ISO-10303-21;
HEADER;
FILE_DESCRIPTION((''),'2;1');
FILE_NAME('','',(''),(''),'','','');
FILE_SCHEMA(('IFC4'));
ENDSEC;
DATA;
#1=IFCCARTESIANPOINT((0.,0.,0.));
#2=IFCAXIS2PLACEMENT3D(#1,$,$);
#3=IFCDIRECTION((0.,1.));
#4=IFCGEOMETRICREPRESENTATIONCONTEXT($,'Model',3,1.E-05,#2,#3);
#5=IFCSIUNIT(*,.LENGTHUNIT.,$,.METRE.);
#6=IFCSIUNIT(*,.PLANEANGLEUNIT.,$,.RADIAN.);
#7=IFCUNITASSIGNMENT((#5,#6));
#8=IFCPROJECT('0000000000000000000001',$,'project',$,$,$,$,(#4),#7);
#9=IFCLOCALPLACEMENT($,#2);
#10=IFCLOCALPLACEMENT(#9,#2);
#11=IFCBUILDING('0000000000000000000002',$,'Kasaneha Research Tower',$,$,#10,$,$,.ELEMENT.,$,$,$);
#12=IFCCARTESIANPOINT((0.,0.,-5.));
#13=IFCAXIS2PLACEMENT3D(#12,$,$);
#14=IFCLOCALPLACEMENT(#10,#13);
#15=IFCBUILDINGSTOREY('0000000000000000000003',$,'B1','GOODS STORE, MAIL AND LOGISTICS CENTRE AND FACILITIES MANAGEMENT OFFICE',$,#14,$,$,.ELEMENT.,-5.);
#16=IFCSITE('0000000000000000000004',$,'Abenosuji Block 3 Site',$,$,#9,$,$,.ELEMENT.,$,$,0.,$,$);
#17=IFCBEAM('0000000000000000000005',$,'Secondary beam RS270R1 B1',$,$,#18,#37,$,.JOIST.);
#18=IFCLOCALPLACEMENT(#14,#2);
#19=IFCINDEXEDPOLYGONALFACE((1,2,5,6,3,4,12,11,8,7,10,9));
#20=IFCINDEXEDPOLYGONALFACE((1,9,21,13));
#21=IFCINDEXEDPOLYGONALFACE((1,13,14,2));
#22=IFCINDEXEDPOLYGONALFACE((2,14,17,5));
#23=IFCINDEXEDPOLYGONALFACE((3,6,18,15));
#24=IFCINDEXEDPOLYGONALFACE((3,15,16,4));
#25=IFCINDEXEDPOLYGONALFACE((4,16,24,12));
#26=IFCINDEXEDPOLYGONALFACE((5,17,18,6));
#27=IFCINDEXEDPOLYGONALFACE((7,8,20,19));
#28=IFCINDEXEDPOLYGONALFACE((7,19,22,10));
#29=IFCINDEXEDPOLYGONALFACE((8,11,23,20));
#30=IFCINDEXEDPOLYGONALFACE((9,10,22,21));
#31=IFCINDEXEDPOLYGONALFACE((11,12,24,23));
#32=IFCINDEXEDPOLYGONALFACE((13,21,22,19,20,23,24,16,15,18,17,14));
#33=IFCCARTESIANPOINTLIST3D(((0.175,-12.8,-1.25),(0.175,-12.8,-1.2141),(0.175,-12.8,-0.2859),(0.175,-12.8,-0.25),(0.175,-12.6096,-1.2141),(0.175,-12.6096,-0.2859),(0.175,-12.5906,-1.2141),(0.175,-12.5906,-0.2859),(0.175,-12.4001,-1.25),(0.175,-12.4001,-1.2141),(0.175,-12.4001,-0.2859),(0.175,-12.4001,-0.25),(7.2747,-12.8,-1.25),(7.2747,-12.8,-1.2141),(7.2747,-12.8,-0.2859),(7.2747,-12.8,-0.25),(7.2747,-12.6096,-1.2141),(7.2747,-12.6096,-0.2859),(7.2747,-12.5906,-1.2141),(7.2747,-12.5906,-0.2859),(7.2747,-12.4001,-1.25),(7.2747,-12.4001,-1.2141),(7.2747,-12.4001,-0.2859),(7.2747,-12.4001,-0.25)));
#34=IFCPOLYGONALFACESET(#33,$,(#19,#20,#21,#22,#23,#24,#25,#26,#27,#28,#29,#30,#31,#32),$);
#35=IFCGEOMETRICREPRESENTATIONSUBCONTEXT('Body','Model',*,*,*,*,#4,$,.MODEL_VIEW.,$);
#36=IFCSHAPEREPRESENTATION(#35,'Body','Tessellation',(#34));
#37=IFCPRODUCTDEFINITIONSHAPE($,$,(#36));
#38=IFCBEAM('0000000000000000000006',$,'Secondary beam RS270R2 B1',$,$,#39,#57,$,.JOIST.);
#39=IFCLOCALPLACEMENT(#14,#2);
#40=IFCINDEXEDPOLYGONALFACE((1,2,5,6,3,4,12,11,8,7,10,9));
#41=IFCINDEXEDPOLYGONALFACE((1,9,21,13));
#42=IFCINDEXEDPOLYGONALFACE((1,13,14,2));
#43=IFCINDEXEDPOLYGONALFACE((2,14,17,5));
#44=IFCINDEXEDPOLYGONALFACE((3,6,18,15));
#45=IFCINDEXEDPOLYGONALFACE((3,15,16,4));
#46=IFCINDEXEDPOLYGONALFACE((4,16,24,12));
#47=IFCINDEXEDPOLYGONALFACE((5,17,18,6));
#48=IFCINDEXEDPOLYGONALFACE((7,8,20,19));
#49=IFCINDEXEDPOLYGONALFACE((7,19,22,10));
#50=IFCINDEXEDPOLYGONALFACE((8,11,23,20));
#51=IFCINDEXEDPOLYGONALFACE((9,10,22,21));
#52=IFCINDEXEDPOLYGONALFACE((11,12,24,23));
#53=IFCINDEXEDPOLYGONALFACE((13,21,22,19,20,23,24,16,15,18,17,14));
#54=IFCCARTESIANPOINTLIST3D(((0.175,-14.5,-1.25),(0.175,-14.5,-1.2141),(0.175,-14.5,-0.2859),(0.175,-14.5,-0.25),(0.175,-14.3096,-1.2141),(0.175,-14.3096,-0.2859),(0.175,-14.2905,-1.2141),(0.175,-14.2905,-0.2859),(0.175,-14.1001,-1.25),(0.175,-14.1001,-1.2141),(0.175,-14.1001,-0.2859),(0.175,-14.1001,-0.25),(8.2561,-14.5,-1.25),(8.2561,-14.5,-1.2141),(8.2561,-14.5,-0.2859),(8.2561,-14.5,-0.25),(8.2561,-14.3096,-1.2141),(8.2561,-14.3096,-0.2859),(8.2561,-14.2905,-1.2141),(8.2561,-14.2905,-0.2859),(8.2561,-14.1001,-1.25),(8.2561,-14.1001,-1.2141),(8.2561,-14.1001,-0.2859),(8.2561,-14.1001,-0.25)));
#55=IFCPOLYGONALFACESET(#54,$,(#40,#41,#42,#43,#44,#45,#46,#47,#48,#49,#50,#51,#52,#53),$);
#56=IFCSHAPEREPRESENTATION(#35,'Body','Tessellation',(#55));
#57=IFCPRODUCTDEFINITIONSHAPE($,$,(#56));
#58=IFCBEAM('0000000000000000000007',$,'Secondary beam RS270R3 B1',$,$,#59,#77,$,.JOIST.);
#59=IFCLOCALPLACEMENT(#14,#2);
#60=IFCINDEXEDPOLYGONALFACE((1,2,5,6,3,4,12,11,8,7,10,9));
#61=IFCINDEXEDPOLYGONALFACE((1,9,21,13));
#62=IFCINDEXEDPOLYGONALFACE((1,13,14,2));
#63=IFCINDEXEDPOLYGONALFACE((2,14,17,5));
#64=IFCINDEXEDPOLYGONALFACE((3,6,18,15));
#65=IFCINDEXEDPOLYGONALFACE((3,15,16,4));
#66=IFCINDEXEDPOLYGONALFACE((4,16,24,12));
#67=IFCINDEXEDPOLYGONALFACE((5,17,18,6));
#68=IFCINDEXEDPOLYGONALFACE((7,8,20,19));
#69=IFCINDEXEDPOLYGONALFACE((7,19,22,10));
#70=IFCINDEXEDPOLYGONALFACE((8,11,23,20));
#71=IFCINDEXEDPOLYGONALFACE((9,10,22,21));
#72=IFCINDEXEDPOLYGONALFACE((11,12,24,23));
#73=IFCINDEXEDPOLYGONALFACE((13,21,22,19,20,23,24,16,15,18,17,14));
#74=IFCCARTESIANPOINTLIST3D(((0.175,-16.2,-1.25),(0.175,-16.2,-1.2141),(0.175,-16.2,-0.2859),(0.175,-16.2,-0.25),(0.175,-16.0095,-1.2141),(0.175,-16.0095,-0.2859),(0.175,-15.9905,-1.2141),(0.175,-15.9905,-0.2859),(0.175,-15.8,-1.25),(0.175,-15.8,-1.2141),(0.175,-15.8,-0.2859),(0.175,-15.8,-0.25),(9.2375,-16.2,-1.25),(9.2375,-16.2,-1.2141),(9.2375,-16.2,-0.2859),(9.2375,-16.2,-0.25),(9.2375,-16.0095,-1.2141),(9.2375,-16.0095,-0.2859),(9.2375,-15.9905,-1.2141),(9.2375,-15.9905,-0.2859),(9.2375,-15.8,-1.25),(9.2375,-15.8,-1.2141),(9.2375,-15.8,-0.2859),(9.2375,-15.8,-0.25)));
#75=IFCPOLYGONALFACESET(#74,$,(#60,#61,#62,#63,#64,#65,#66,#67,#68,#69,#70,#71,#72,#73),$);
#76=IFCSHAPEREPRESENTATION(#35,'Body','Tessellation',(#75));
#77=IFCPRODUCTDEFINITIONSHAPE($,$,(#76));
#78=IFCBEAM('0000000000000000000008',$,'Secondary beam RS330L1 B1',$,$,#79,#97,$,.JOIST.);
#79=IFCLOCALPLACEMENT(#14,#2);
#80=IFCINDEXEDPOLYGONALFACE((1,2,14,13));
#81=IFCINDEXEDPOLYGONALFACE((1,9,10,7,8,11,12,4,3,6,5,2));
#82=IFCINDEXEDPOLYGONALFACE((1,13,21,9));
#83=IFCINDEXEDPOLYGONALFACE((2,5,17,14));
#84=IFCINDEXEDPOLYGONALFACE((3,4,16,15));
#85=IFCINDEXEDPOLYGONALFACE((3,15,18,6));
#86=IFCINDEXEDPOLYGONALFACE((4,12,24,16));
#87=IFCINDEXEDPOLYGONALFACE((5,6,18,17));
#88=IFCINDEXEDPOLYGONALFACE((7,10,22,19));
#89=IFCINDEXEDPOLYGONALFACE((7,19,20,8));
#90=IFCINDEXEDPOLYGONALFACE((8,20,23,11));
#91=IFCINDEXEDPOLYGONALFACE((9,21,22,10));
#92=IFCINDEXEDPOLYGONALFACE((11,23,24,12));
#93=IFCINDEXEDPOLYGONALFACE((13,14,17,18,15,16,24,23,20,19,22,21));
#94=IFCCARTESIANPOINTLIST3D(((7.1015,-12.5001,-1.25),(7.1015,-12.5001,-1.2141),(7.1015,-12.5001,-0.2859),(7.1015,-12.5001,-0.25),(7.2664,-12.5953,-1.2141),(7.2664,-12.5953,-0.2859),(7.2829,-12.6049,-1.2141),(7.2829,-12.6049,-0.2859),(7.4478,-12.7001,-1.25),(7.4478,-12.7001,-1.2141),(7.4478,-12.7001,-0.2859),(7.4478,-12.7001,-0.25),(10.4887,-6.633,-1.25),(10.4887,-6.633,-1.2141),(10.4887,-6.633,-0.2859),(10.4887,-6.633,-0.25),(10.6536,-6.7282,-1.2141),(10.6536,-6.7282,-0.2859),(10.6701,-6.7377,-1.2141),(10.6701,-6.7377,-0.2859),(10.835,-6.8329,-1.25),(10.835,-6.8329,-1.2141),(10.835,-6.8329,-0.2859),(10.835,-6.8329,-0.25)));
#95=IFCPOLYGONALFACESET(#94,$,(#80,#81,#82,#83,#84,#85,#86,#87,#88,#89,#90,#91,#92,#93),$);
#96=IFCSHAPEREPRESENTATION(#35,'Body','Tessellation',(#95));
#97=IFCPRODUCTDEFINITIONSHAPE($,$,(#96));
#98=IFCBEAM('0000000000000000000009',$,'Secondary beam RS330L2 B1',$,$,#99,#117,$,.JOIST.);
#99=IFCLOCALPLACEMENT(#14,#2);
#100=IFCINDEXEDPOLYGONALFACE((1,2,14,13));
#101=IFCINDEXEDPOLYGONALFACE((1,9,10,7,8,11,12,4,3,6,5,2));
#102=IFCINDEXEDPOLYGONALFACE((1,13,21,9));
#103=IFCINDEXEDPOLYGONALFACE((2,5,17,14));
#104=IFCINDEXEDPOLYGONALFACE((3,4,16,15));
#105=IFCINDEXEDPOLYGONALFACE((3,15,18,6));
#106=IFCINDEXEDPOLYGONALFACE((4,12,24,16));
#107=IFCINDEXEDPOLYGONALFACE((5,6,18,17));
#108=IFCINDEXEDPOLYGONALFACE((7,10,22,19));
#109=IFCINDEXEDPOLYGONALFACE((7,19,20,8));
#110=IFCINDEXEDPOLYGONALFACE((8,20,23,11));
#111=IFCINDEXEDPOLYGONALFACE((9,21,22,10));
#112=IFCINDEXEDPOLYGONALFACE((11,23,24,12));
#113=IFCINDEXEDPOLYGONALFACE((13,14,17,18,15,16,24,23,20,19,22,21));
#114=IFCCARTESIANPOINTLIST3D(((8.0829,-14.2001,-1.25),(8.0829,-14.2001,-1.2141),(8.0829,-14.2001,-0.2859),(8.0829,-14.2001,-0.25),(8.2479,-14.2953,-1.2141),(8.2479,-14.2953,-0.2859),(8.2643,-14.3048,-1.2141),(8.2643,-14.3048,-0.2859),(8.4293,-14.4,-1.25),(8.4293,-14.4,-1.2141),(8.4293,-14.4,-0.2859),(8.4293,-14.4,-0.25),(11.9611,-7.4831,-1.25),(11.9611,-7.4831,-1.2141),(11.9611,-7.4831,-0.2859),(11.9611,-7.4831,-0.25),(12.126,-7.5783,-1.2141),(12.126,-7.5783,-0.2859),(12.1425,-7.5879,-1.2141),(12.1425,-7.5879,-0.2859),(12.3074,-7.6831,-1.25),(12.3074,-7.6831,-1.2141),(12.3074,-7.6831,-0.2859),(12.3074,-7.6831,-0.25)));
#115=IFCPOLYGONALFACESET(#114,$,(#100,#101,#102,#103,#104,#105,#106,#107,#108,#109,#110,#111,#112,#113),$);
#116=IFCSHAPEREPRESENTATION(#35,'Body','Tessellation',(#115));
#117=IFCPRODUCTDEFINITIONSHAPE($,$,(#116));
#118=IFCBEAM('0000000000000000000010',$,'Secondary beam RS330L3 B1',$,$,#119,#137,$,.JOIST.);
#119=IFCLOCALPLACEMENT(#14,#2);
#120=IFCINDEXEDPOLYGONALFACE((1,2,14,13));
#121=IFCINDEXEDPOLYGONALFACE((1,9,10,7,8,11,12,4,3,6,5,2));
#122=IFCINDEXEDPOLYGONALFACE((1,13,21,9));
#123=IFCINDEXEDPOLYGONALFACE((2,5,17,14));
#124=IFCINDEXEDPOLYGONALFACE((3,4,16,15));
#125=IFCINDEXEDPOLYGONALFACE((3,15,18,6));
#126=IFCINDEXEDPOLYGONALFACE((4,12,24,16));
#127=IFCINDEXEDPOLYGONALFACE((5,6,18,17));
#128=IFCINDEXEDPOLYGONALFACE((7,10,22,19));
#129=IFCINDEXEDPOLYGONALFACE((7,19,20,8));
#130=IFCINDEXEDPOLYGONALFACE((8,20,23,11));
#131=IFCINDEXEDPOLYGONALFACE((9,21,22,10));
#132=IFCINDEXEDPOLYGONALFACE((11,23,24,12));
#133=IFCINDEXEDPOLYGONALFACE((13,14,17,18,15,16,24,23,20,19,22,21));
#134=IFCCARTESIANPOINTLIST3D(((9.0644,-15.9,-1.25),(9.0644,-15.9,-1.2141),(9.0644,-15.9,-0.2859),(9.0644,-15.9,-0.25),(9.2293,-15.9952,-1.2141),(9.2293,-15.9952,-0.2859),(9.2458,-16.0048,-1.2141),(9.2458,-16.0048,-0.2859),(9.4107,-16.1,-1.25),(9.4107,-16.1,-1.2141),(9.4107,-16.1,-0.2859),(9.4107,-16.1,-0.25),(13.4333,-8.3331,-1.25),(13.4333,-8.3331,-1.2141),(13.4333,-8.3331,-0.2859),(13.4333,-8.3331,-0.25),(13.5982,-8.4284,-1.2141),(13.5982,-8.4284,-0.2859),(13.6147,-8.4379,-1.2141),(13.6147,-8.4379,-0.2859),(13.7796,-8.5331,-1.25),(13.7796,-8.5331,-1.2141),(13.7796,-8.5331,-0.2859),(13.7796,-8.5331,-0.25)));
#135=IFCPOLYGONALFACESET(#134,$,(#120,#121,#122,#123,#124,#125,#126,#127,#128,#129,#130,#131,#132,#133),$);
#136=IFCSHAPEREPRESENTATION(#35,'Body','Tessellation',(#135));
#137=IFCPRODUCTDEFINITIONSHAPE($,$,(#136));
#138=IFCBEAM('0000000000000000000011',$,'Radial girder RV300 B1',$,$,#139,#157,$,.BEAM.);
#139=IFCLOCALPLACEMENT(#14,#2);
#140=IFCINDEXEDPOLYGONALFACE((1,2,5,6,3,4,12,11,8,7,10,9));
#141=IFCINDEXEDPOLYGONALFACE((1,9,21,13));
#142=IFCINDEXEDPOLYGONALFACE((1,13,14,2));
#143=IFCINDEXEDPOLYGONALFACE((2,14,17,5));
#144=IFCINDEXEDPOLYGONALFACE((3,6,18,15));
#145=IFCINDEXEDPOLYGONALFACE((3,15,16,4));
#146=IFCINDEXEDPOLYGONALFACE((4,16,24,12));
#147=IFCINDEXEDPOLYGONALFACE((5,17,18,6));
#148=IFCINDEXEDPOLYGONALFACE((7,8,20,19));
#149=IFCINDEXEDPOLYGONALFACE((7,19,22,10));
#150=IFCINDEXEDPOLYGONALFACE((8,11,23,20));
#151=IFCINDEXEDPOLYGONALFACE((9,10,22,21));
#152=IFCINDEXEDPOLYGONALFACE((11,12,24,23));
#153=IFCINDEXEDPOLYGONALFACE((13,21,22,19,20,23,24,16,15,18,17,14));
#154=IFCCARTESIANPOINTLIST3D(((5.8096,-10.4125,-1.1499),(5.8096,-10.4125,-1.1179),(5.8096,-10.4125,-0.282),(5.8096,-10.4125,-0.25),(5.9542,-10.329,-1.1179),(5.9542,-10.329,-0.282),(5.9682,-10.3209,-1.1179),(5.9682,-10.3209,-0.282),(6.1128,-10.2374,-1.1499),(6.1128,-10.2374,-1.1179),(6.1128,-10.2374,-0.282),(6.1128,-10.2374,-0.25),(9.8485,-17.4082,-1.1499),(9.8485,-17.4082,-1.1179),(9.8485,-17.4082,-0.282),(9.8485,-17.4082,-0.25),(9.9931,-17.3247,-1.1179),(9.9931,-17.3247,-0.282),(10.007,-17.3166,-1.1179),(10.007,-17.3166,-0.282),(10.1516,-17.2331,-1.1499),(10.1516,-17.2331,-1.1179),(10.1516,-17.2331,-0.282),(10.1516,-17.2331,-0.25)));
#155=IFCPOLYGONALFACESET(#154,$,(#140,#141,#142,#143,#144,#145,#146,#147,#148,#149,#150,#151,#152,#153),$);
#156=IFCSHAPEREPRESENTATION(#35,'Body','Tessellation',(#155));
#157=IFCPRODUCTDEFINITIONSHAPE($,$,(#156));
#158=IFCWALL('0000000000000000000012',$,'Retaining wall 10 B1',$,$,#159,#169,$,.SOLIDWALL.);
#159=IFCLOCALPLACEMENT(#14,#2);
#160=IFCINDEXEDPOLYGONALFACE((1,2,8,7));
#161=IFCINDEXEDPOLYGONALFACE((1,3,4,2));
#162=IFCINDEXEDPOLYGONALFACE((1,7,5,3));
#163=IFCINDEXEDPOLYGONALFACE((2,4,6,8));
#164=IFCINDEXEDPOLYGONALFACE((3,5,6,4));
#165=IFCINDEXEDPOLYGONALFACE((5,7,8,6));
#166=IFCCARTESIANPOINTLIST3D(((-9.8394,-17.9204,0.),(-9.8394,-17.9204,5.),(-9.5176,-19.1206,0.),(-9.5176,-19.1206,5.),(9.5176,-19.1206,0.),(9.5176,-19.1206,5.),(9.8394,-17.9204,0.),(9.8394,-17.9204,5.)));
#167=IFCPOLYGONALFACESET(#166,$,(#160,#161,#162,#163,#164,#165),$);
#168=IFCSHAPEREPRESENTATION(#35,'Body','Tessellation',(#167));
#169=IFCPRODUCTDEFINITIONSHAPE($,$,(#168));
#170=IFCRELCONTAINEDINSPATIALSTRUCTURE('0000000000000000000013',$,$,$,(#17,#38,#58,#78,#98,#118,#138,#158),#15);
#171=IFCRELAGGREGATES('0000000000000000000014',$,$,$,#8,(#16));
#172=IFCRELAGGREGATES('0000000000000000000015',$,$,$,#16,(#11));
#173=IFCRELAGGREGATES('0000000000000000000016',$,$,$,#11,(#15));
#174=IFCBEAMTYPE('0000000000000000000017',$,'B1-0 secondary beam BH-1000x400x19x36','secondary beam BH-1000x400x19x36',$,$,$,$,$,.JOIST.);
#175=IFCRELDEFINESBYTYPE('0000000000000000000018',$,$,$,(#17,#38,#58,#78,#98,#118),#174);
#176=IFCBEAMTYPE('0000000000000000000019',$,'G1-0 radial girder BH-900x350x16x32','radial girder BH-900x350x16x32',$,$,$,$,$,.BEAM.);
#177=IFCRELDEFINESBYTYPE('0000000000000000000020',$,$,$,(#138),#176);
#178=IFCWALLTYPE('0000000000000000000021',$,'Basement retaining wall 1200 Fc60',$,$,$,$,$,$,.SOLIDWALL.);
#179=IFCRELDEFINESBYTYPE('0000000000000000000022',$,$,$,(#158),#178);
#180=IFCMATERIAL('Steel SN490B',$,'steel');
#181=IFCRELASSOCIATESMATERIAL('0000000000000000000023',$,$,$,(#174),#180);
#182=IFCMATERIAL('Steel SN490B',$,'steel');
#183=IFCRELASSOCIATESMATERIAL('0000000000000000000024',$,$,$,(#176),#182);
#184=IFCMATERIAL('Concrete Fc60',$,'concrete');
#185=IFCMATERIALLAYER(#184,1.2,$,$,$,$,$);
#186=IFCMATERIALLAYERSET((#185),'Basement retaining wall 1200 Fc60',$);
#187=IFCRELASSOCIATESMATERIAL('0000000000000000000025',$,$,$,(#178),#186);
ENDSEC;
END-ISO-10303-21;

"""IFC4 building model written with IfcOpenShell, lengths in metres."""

from ifc_helpers import new_model, si_unit, direction, frame, origin, origin_2d, place, context, subcontext, project, spatial, polyline, i_section, outline, extrude, material, layer, layer_set, material_profile, profile_set, type_object, element, save


model = new_model("IFC4")

# Units and contexts
model_context = context("Model", 3, precision=1e-05, world=origin(), true_north=direction((0.0, 1.0)))
body_context = subcontext(model_context, "Body", "Model", "MODEL_VIEW")
ifc_project = project(units=[si_unit("LENGTHUNIT", "METRE"), si_unit("PLANEANGLEUNIT", "RADIAN")], contexts=[model_context])

# Site, building, storey
site_placement = place(None, origin())
site = spatial("IfcSite", under=ifc_project, at=site_placement, Name="Abenosuji Block 3 Site", CompositionType="ELEMENT", RefElevation=0.0)
building_placement = place(site_placement, origin())
building = spatial("IfcBuilding", under=site, at=building_placement, Name="Kasaneha Research Tower", CompositionType="ELEMENT")
storey_placement = place(building_placement, frame((0.0, 0.0, -5.0)))
storey = spatial("IfcBuildingStorey", under=building, at=storey_placement, Name="B1", Description="GOODS STORE, MAIL AND LOGISTICS CENTRE AND FACILITIES MANAGEMENT OFFICE", CompositionType="ELEMENT", Elevation=-5.0)

# Beams
ifc_material_1 = material(Name="Steel SN490B", Category="steel")
ifc_material_profile_1 = material_profile(ifc_material_1, i_section(OverallWidth=0.3999, OverallDepth=1.0, WebThickness=0.019, FlangeThickness=0.0359, at=origin_2d()), Name="BH-1000x400x19x36")
ifc_profile_set_1 = profile_set([ifc_material_profile_1], Name="Steel SN490B")
beam_type_1 = type_object("IfcBeamType", Name="B1-0 secondary beam BH-1000x400x19x36", Description="secondary beam BH-1000x400x19x36", PredefinedType="JOIST", material=ifc_profile_set_1)
beam_1_placement = place(storey_placement, frame((7.2747, -12.6001, -0.75), z_axis=(-1.0, 0.0, 0.0), x_axis=(0.0, -1.0, 0.0)))
element("IfcBeam", 1, at=beam_1_placement, inside=storey, type_object=beam_type_1, Name="Secondary beam RS270R1 B1", PredefinedType="JOIST", context=body_context, shape_type="SweptSolid", body=[
    extrude(i_section(OverallWidth=0.3999, OverallDepth=1.0, WebThickness=0.019, FlangeThickness=0.0359, at=origin_2d()), origin(), (0.0, 0.0, 1.0), 7.0996),
])
beam_2_placement = place(storey_placement, frame((8.2561, -14.3, -0.75), z_axis=(-1.0, 0.0, 0.0), x_axis=(0.0, -1.0, 0.0)))
element("IfcBeam", 2, at=beam_2_placement, inside=storey, type_object=beam_type_1, Name="Secondary beam RS270R2 B1", PredefinedType="JOIST", context=body_context, shape_type="SweptSolid", body=[
    extrude(i_section(OverallWidth=0.3999, OverallDepth=1.0, WebThickness=0.019, FlangeThickness=0.0359, at=origin_2d()), origin(), (0.0, 0.0, 1.0), 8.0811),
])
beam_3_placement = place(storey_placement, frame((9.2375, -16.0, -0.75), z_axis=(-1.0, 0.0, 0.0), x_axis=(0.0, -1.0, 0.0)))
element("IfcBeam", 3, at=beam_3_placement, inside=storey, type_object=beam_type_1, Name="Secondary beam RS270R3 B1", PredefinedType="JOIST", context=body_context, shape_type="SweptSolid", body=[
    extrude(i_section(OverallWidth=0.3999, OverallDepth=1.0, WebThickness=0.019, FlangeThickness=0.0359, at=origin_2d()), origin(), (0.0, 0.0, 1.0), 9.0625),
])
beam_4_placement = place(storey_placement, frame((7.2747, -12.6001, -0.75), z_axis=(0.499976, 0.866039, 0.0), x_axis=(-0.866039, 0.499976, 0.0)))
element("IfcBeam", 4, at=beam_4_placement, inside=storey, type_object=beam_type_1, Name="Secondary beam RS330L1 B1", PredefinedType="JOIST", context=body_context, shape_type="SweptSolid", body=[
    extrude(i_section(OverallWidth=0.3999, OverallDepth=1.0, WebThickness=0.019, FlangeThickness=0.0359, at=origin_2d()), origin(), (0.0, 0.0, 1.0), 6.7747),
])
beam_5_placement = place(storey_placement, frame((8.2561, -14.3, -0.75), z_axis=(0.500009, 0.86602, 0.0), x_axis=(-0.86602, 0.500009, 0.0)))
element("IfcBeam", 5, at=beam_5_placement, inside=storey, type_object=beam_type_1, Name="Secondary beam RS330L2 B1", PredefinedType="JOIST", context=body_context, shape_type="SweptSolid", body=[
    extrude(i_section(OverallWidth=0.3999, OverallDepth=1.0, WebThickness=0.019, FlangeThickness=0.0359, at=origin_2d()), origin(), (0.0, 0.0, 1.0), 7.7561),
])
beam_6_placement = place(storey_placement, frame((9.2375, -16.0, -0.75), z_axis=(0.500013, 0.866018, 0.0), x_axis=(-0.866018, 0.500013, 0.0)))
element("IfcBeam", 6, at=beam_6_placement, inside=storey, type_object=beam_type_1, Name="Secondary beam RS330L3 B1", PredefinedType="JOIST", context=body_context, shape_type="SweptSolid", body=[
    extrude(i_section(OverallWidth=0.3999, OverallDepth=1.0, WebThickness=0.019, FlangeThickness=0.0359, at=origin_2d()), origin(), (0.0, 0.0, 1.0), 8.7375),
])
ifc_material_2 = material(Name="Steel SN490B", Category="steel")
ifc_material_profile_2 = material_profile(ifc_material_2, i_section(OverallWidth=0.3501, OverallDepth=0.8999, WebThickness=0.0161, FlangeThickness=0.032, at=origin_2d()), Name="BH-900x350x16x32")
ifc_profile_set_2 = profile_set([ifc_material_profile_2], Name="Steel SN490B")
beam_type_2 = type_object("IfcBeamType", Name="G1-0 radial girder BH-900x350x16x32", Description="radial girder BH-900x350x16x32", PredefinedType="BEAM", material=ifc_profile_set_2)
beam_7_placement = place(storey_placement, frame((5.9612, -10.325, -0.7), z_axis=(0.499991, -0.866031, 0.0), x_axis=(0.866031, 0.499991, 0.0)))
element("IfcBeam", 7, at=beam_7_placement, inside=storey, type_object=beam_type_2, Name="Radial girder RV300 B1", PredefinedType="BEAM", context=body_context, shape_type="SweptSolid", body=[
    extrude(i_section(OverallWidth=0.3501, OverallDepth=0.8999, WebThickness=0.0161, FlangeThickness=0.032, at=origin_2d()), origin(), (0.0, 0.0, 1.0), 8.0779),
])

# Wall
ifc_material_3 = material(Name="Concrete Fc60", Category="concrete")
ifc_layer_1 = layer(ifc_material_3, 1.2)
ifc_layer_set_1 = layer_set([ifc_layer_1], Name="Basement retaining wall 1200 Fc60")
wall_type_1 = type_object("IfcWallType", Name="Basement retaining wall 1200 Fc60", PredefinedType="SOLIDWALL", material=ifc_layer_set_1)
wall_1_placement = place(storey_placement, frame((9.6785, -18.5205, 0.0), z_axis=(0.0, 0.0, 1.0), x_axis=(-1.0, 0.0, 0.0)))
element("IfcWall", 8, at=wall_1_placement, inside=storey, type_object=wall_type_1, Name="Retaining wall 10 B1", PredefinedType="SOLIDWALL", context=body_context, shape_type="SweptSolid", body=[
    extrude(outline(polyline([(-0.1609, -0.6001), (19.5178, -0.6001), (19.196, 0.6001), (0.1609, 0.6001), (-0.1609, -0.6001)])), origin(), (0.0, 0.0, 1.0), 5.0),
])

save(model, "model.ifc")
